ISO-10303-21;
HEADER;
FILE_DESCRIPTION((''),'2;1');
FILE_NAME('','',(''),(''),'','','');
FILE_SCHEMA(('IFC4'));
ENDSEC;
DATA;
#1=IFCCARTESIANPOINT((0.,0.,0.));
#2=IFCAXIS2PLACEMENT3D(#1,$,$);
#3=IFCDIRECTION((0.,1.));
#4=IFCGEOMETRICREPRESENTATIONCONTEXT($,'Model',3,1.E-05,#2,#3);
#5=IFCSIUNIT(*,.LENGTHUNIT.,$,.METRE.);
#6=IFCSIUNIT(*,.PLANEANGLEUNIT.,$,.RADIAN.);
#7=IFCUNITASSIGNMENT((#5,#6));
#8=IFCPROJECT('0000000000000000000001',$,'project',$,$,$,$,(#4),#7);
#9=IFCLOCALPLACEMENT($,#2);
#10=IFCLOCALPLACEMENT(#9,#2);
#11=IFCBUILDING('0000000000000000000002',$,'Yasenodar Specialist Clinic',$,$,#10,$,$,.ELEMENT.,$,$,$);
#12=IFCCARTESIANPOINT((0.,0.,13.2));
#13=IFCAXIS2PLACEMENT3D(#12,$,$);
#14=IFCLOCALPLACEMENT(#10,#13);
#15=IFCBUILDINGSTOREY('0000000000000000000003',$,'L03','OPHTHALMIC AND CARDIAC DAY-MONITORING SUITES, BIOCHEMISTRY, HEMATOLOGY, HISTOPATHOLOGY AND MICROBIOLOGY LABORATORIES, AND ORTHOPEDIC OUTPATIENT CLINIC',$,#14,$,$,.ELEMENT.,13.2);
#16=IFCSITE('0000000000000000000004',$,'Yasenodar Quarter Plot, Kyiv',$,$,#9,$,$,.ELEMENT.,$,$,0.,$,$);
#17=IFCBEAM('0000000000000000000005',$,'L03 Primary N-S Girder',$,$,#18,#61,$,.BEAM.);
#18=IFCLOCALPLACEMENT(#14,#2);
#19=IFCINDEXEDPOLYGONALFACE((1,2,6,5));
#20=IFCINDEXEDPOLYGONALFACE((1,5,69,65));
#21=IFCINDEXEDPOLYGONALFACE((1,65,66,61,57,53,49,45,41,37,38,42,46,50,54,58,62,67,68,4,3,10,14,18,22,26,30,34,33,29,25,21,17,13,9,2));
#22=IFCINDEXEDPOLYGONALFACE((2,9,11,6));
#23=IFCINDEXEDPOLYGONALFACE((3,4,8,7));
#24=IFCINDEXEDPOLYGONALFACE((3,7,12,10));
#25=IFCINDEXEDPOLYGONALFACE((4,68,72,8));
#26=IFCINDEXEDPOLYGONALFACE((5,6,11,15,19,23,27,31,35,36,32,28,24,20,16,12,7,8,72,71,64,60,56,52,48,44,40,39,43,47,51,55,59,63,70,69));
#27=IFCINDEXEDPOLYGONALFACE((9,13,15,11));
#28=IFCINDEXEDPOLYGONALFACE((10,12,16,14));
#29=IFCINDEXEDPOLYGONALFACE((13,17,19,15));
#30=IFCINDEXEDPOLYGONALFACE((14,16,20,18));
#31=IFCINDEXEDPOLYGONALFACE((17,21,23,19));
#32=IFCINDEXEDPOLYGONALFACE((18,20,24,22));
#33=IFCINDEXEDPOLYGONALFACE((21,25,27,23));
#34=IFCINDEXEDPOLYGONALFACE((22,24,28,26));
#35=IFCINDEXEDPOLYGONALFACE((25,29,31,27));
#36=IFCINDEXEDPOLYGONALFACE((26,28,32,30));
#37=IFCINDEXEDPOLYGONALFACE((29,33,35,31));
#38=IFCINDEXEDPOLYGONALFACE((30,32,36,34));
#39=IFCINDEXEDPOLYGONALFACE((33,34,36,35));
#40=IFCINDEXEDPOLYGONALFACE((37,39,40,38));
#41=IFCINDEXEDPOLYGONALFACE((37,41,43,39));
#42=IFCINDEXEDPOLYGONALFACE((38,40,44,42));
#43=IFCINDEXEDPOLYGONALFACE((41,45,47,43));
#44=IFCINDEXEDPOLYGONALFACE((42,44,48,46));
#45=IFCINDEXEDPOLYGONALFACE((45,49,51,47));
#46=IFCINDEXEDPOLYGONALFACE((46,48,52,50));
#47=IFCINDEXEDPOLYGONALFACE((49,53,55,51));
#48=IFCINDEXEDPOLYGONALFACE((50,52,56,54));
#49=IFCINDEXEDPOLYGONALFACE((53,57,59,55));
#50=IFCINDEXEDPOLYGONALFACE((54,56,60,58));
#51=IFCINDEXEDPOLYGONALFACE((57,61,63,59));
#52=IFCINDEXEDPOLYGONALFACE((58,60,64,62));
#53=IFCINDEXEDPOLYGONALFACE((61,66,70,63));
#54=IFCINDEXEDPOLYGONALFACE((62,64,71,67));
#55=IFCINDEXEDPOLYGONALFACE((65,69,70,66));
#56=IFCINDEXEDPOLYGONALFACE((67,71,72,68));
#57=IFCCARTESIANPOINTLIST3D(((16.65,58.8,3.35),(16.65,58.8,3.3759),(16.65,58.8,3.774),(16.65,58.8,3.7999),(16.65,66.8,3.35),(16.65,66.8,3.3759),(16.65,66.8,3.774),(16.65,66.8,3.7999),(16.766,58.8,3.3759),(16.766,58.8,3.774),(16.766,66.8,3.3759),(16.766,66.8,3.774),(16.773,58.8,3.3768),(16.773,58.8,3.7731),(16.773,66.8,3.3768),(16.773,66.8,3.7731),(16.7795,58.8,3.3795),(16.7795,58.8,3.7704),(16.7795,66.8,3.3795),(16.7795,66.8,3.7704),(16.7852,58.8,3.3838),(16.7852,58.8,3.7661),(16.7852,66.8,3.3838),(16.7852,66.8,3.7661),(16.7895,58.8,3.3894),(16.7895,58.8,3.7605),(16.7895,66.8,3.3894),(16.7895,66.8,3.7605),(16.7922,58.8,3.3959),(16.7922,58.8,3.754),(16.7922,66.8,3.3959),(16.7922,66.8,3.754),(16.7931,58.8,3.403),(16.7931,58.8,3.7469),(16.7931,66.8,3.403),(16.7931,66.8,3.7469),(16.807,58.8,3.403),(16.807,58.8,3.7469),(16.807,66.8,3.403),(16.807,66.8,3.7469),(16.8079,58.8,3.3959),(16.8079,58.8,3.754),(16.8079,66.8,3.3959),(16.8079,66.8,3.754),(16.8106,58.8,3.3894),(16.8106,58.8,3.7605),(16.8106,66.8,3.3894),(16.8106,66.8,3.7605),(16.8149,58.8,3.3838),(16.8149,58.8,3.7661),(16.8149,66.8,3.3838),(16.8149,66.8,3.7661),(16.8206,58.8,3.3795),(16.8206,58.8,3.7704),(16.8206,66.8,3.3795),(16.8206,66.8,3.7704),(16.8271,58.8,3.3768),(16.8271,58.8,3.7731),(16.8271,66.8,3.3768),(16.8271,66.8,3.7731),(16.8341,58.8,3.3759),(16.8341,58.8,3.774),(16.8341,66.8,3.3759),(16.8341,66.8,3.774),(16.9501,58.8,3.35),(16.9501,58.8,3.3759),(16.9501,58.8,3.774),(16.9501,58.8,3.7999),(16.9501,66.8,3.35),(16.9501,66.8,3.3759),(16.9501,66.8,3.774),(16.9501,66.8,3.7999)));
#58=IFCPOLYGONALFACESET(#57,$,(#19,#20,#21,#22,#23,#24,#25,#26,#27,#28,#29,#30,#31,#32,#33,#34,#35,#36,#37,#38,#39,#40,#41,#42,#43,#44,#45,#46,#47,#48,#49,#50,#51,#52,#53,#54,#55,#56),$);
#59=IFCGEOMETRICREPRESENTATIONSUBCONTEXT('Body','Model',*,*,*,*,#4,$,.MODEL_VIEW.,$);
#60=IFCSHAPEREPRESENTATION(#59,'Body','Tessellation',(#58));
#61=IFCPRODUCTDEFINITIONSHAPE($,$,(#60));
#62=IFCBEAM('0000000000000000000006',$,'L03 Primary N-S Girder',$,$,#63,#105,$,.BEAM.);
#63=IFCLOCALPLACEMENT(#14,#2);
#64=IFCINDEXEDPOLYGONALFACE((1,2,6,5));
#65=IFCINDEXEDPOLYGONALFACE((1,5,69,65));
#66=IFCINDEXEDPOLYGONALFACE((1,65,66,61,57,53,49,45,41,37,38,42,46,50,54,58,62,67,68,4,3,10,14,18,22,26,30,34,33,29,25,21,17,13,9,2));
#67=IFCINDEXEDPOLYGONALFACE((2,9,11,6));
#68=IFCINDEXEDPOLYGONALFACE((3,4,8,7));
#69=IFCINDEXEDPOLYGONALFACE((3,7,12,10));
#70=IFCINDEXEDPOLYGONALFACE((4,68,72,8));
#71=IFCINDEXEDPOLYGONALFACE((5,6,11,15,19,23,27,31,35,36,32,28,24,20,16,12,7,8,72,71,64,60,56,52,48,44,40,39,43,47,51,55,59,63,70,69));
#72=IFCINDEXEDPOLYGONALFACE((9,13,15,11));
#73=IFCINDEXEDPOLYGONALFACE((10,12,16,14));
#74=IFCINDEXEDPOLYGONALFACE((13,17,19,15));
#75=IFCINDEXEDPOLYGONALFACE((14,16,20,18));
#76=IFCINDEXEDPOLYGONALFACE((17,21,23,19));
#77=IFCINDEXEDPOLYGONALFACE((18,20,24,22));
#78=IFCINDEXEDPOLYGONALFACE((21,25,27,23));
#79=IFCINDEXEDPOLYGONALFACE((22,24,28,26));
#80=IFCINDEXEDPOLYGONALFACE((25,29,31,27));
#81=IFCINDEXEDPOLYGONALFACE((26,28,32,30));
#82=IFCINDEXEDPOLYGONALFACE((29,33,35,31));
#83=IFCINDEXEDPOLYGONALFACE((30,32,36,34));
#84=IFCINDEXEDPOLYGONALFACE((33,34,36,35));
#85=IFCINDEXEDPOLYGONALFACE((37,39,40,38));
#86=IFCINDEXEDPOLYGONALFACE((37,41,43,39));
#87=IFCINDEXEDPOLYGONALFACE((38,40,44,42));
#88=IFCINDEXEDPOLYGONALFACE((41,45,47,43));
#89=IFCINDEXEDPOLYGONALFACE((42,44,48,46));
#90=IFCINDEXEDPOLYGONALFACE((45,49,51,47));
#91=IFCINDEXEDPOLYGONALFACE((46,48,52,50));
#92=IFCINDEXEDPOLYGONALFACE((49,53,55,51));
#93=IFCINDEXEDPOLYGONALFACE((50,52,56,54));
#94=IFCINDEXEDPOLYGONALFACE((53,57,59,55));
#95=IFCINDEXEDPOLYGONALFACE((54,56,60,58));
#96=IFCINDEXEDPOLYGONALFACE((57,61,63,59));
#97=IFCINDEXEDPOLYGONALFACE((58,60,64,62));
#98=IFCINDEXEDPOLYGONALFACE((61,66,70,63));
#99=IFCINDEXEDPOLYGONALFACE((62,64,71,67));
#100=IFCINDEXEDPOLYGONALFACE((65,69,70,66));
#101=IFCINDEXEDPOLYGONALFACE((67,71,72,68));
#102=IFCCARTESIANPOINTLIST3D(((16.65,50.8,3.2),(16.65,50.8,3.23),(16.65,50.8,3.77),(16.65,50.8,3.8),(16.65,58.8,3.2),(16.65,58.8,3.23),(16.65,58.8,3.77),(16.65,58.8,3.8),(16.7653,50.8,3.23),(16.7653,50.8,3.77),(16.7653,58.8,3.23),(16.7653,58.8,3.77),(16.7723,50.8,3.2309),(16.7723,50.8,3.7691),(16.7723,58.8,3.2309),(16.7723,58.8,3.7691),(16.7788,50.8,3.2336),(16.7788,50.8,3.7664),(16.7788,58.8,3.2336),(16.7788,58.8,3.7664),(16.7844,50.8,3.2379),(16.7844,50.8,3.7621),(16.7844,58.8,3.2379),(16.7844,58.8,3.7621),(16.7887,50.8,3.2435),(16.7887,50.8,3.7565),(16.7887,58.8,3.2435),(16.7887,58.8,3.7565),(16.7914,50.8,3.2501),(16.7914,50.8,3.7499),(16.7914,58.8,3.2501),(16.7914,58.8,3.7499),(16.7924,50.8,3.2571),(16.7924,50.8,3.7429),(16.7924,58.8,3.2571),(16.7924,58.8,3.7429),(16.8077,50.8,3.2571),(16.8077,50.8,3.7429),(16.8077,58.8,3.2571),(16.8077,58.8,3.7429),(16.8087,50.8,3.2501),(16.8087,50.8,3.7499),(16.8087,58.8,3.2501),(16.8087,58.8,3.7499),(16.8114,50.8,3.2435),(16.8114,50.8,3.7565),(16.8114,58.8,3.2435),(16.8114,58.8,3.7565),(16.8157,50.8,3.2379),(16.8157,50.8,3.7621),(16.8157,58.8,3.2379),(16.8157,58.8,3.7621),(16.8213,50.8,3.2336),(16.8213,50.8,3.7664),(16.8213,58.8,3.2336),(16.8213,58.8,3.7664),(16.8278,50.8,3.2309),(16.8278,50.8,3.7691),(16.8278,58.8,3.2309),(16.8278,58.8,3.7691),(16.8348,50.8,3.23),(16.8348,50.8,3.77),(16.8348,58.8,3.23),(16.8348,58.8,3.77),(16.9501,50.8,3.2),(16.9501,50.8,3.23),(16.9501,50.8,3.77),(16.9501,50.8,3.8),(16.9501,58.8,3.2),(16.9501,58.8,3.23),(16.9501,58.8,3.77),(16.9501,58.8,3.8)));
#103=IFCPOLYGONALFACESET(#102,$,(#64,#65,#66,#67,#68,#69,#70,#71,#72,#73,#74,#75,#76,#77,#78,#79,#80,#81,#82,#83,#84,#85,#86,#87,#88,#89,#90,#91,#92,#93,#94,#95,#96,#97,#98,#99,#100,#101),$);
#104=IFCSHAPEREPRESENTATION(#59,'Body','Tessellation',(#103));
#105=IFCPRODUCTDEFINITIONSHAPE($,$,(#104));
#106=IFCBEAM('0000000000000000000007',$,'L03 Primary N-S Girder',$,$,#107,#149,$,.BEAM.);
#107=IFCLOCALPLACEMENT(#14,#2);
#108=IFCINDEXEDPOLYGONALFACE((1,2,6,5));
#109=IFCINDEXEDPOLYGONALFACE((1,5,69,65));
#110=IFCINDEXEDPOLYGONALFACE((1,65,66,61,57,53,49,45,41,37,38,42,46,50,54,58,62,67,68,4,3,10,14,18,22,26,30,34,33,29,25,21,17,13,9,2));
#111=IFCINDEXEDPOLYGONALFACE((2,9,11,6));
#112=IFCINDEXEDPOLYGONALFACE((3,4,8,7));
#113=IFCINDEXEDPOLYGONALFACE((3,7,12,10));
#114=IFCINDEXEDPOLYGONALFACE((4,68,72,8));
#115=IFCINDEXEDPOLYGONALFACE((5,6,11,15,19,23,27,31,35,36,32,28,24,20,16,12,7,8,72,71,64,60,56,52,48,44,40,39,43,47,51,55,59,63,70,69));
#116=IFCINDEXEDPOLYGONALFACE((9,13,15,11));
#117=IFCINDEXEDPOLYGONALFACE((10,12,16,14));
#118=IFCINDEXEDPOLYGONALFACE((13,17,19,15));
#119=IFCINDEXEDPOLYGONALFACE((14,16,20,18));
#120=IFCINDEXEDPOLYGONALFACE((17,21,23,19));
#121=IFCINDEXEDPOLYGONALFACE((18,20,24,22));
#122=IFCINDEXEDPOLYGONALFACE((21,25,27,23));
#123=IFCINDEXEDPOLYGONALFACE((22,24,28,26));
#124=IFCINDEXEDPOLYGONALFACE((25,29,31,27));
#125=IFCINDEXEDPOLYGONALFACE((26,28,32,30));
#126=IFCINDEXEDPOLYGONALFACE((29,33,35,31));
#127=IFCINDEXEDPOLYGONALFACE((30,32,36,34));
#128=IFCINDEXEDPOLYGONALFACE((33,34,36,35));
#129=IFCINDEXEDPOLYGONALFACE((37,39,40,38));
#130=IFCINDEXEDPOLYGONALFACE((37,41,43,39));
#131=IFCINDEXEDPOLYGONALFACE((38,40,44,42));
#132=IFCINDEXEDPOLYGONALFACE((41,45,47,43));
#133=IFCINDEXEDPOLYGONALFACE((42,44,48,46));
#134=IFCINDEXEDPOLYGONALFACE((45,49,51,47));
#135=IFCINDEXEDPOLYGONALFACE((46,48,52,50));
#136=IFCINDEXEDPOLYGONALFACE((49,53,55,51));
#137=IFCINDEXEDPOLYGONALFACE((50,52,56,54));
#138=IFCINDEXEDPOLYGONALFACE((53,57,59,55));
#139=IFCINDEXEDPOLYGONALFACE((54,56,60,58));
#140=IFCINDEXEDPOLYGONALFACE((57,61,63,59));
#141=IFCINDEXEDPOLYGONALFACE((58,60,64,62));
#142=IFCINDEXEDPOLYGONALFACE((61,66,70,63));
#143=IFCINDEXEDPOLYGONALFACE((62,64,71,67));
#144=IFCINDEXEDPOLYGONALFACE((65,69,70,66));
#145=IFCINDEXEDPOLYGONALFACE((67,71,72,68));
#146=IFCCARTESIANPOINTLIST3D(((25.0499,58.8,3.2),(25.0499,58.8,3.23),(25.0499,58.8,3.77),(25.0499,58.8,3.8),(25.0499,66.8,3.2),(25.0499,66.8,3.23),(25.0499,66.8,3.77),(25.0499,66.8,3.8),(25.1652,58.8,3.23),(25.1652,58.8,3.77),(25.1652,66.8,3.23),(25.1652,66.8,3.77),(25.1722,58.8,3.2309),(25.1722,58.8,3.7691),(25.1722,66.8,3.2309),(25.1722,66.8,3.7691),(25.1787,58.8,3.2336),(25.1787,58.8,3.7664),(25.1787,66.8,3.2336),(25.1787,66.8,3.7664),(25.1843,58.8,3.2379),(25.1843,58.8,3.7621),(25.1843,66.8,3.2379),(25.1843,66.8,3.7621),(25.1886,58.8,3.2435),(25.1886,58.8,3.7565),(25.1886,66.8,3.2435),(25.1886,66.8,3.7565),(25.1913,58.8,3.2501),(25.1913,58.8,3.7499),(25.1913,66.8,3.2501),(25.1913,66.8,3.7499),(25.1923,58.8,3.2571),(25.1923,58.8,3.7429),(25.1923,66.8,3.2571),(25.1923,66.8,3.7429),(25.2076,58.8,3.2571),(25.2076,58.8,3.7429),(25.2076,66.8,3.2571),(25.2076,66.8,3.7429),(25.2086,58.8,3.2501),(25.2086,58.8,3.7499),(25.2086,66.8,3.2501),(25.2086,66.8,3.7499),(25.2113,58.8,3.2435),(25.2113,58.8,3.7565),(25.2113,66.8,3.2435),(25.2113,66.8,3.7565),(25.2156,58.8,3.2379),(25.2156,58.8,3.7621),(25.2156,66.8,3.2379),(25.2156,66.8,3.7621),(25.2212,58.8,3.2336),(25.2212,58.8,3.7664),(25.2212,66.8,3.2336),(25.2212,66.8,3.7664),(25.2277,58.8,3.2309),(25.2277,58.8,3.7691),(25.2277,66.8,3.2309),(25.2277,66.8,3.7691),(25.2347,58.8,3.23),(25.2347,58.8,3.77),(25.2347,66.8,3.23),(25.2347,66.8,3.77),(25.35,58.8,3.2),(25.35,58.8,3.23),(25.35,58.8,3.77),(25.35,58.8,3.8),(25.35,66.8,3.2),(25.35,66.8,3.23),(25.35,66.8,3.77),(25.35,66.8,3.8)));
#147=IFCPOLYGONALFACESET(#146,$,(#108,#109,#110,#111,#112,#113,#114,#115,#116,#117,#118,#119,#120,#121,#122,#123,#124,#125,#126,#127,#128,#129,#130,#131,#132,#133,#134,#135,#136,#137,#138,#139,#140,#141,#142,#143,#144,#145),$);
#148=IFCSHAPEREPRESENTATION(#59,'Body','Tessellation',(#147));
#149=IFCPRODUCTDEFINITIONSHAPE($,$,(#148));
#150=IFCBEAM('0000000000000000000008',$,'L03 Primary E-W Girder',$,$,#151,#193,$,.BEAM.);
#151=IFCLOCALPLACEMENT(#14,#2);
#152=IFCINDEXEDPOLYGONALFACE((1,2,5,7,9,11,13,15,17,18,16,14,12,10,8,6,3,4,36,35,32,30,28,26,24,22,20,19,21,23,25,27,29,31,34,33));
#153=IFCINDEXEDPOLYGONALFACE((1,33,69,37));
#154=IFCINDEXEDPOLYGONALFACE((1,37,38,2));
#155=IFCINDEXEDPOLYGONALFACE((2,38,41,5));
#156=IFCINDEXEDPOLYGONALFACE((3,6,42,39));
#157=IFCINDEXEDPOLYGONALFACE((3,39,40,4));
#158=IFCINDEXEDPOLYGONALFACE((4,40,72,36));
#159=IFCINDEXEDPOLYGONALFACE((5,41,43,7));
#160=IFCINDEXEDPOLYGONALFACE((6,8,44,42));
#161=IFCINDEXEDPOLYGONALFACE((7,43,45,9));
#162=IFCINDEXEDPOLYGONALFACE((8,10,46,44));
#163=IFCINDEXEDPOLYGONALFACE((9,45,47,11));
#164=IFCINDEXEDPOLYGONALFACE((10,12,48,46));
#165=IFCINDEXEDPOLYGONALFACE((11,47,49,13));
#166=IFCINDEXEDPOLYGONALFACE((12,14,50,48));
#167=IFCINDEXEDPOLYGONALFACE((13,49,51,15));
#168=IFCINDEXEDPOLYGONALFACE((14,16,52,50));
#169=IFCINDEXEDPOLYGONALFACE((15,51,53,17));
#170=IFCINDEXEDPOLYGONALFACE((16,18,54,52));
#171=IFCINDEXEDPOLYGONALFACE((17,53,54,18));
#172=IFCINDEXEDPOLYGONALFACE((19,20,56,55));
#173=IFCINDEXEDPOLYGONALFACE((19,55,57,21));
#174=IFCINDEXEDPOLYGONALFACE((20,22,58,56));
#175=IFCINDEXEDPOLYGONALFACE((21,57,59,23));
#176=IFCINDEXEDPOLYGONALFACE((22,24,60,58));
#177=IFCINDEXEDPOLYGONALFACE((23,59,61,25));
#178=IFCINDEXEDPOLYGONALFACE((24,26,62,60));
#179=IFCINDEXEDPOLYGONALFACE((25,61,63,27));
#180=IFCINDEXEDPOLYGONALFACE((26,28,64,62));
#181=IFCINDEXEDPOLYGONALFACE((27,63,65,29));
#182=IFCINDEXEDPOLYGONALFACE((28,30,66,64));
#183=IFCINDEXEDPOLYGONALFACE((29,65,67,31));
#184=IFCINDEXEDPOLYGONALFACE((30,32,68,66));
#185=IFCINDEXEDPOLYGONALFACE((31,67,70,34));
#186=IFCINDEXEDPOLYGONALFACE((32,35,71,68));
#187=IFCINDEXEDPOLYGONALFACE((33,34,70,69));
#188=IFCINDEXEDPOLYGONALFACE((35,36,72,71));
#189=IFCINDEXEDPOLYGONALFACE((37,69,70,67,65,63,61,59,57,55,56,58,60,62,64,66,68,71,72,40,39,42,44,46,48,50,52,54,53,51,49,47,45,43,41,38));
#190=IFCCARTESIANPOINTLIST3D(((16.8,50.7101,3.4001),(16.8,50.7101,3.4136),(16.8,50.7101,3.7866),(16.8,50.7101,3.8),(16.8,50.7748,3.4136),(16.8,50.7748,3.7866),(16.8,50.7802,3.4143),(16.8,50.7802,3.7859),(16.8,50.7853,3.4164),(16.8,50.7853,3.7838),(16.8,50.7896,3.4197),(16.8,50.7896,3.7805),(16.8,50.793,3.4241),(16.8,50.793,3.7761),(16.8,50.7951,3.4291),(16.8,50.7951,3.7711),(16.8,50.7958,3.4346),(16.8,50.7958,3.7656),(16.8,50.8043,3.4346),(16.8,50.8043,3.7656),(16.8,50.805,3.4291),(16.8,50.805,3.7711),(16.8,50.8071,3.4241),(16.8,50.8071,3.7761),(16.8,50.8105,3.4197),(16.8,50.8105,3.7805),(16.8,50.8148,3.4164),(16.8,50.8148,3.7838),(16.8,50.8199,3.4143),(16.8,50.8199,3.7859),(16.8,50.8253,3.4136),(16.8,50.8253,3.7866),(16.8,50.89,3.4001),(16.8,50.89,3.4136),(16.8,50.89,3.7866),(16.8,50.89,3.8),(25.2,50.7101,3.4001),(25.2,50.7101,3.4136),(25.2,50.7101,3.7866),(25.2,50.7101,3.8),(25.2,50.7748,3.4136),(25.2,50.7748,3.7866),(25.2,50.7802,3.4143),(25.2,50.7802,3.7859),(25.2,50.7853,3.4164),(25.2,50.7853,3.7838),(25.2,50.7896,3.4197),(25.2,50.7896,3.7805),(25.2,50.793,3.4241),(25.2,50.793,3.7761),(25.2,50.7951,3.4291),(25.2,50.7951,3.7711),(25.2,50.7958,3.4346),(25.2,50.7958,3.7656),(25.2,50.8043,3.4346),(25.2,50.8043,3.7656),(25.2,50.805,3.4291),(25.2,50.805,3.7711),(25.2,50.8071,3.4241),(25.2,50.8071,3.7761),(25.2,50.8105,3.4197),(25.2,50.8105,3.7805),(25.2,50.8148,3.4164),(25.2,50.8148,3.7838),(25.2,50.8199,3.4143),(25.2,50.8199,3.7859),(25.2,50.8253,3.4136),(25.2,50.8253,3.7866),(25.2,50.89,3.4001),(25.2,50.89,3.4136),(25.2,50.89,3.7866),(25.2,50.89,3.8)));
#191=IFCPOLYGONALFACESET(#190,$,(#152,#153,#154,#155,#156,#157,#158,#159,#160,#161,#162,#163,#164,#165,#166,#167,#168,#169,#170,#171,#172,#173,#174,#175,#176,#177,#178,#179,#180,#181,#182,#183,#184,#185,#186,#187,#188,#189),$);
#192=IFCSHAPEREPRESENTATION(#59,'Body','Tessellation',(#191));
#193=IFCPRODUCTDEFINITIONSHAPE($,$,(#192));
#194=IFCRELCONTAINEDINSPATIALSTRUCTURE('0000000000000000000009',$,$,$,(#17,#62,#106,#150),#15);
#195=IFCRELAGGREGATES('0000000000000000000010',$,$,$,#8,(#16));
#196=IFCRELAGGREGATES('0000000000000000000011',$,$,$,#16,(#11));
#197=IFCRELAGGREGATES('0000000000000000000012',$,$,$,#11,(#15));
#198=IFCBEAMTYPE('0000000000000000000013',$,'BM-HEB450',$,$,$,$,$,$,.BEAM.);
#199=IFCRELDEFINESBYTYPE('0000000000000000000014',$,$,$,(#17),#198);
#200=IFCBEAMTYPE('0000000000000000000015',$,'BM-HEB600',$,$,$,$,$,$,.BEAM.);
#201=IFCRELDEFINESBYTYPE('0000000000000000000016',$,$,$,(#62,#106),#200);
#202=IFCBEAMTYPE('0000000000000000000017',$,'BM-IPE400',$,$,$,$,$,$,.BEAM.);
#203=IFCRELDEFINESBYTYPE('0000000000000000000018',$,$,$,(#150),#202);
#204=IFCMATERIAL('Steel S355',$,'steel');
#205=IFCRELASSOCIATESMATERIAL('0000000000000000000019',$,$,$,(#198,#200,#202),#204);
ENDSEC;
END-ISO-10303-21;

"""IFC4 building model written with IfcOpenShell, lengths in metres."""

from ifc_helpers import new_model, si_unit, direction, frame, origin, origin_2d, place, context, subcontext, project, spatial, i_section, extrude, material, material_profile, profile_set, type_object, element, save


model = new_model("IFC4")

# Units and contexts
model_context = context("Model", 3, precision=1e-05, world=origin(), true_north=direction((0.0, 1.0)))
body_context = subcontext(model_context, "Body", "Model", "MODEL_VIEW")
ifc_project = project(units=[si_unit("LENGTHUNIT", "METRE"), si_unit("PLANEANGLEUNIT", "RADIAN")], contexts=[model_context])

# Site, building, storey
site_placement = place(None, origin())
site = spatial("IfcSite", under=ifc_project, at=site_placement, Name="Yasenodar Quarter Plot, Kyiv", CompositionType="ELEMENT", RefElevation=0.0)
building_placement = place(site_placement, origin())
building = spatial("IfcBuilding", under=site, at=building_placement, Name="Yasenodar Specialist Clinic", CompositionType="ELEMENT")
storey_placement = place(building_placement, frame((0.0, 0.0, 13.2)))
storey = spatial("IfcBuildingStorey", under=building, at=storey_placement, Name="L03", Description="OPHTHALMIC AND CARDIAC DAY-MONITORING SUITES, BIOCHEMISTRY, HEMATOLOGY, HISTOPATHOLOGY AND MICROBIOLOGY LABORATORIES, AND ORTHOPEDIC OUTPATIENT CLINIC", CompositionType="ELEMENT", Elevation=13.2)

# Shared definitions
ifc_material_1 = material(Name="Steel S355", Category="steel")

# Beams
ifc_material_profile_1 = material_profile(ifc_material_1, i_section(OverallWidth=0.3, OverallDepth=0.45, WebThickness=0.0139, FlangeThickness=0.0259, FilletRadius=0.0271, at=origin_2d()), Name="HEB 450")
ifc_profile_set_1 = profile_set([ifc_material_profile_1], Name="Steel S355")
beam_type_1 = type_object("IfcBeamType", Name="BM-HEB450", PredefinedType="BEAM", material=ifc_profile_set_1)
beam_1_placement = place(storey_placement, frame((16.8, 58.8, 3.575), z_axis=(0.0, 1.0, 0.0), x_axis=(-1.0, 0.0, 0.0)))
element("IfcBeam", 1, at=beam_1_placement, inside=storey, type_object=beam_type_1, Name="L03 Primary N-S Girder", PredefinedType="BEAM", context=body_context, shape_type="SweptSolid", body=[
    extrude(i_section(OverallWidth=0.3, OverallDepth=0.45, WebThickness=0.0139, FlangeThickness=0.0259, FilletRadius=0.0271, at=origin_2d()), origin(), (0.0, 0.0, 1.0), 8.0),
])
ifc_material_profile_2 = material_profile(ifc_material_1, i_section(OverallWidth=0.3, OverallDepth=0.6001, WebThickness=0.0154, FlangeThickness=0.03, FilletRadius=0.0271, at=origin_2d()), Name="HEB 600")
ifc_profile_set_2 = profile_set([ifc_material_profile_2], Name="Steel S355")
beam_type_2 = type_object("IfcBeamType", Name="BM-HEB600", PredefinedType="BEAM", material=ifc_profile_set_2)
for number, where, z_axis, x_axis, name in (
    (2, (16.8, 50.8, 3.5), (0.0, 1.0, 0.0), (-1.0, 0.0, 0.0), "L03 Primary N-S Girder"),
    (3, (25.2, 58.8, 3.5), (0.0, 1.0, 0.0), (-1.0, 0.0, 0.0), "L03 Primary N-S Girder"),
):
    element("IfcBeam", number, at=place(storey_placement, frame(where, z_axis=z_axis, x_axis=x_axis)), inside=storey, type_object=beam_type_2, Name=name, PredefinedType="BEAM", context=body_context, shape_type="SweptSolid", body=[
        extrude(i_section(OverallWidth=0.3, OverallDepth=0.6001, WebThickness=0.0154, FlangeThickness=0.03, FilletRadius=0.0271, at=origin_2d()), origin(), (0.0, 0.0, 1.0), 8.0),
    ])
ifc_material_profile_3 = material_profile(ifc_material_1, i_section(OverallWidth=0.1799, OverallDepth=0.3999, WebThickness=0.0085, FlangeThickness=0.0134, FilletRadius=0.021, at=origin_2d()), Name="IPE 400")
ifc_profile_set_3 = profile_set([ifc_material_profile_3], Name="Steel S355")
beam_type_3 = type_object("IfcBeamType", Name="BM-IPE400", PredefinedType="BEAM", material=ifc_profile_set_3)
beam_2_placement = place(storey_placement, frame((16.8, 50.8, 3.6001), z_axis=(1.0, 0.0, 0.0), x_axis=(0.0, 1.0, 0.0)))
element("IfcBeam", 4, at=beam_2_placement, inside=storey, type_object=beam_type_3, Name="L03 Primary E-W Girder", PredefinedType="BEAM", context=body_context, shape_type="SweptSolid", body=[
    extrude(i_section(OverallWidth=0.1799, OverallDepth=0.3999, WebThickness=0.0085, FlangeThickness=0.0134, FilletRadius=0.021, at=origin_2d()), origin(), (0.0, 0.0, 1.0), 8.3999),
])

save(model, "model.ifc")
